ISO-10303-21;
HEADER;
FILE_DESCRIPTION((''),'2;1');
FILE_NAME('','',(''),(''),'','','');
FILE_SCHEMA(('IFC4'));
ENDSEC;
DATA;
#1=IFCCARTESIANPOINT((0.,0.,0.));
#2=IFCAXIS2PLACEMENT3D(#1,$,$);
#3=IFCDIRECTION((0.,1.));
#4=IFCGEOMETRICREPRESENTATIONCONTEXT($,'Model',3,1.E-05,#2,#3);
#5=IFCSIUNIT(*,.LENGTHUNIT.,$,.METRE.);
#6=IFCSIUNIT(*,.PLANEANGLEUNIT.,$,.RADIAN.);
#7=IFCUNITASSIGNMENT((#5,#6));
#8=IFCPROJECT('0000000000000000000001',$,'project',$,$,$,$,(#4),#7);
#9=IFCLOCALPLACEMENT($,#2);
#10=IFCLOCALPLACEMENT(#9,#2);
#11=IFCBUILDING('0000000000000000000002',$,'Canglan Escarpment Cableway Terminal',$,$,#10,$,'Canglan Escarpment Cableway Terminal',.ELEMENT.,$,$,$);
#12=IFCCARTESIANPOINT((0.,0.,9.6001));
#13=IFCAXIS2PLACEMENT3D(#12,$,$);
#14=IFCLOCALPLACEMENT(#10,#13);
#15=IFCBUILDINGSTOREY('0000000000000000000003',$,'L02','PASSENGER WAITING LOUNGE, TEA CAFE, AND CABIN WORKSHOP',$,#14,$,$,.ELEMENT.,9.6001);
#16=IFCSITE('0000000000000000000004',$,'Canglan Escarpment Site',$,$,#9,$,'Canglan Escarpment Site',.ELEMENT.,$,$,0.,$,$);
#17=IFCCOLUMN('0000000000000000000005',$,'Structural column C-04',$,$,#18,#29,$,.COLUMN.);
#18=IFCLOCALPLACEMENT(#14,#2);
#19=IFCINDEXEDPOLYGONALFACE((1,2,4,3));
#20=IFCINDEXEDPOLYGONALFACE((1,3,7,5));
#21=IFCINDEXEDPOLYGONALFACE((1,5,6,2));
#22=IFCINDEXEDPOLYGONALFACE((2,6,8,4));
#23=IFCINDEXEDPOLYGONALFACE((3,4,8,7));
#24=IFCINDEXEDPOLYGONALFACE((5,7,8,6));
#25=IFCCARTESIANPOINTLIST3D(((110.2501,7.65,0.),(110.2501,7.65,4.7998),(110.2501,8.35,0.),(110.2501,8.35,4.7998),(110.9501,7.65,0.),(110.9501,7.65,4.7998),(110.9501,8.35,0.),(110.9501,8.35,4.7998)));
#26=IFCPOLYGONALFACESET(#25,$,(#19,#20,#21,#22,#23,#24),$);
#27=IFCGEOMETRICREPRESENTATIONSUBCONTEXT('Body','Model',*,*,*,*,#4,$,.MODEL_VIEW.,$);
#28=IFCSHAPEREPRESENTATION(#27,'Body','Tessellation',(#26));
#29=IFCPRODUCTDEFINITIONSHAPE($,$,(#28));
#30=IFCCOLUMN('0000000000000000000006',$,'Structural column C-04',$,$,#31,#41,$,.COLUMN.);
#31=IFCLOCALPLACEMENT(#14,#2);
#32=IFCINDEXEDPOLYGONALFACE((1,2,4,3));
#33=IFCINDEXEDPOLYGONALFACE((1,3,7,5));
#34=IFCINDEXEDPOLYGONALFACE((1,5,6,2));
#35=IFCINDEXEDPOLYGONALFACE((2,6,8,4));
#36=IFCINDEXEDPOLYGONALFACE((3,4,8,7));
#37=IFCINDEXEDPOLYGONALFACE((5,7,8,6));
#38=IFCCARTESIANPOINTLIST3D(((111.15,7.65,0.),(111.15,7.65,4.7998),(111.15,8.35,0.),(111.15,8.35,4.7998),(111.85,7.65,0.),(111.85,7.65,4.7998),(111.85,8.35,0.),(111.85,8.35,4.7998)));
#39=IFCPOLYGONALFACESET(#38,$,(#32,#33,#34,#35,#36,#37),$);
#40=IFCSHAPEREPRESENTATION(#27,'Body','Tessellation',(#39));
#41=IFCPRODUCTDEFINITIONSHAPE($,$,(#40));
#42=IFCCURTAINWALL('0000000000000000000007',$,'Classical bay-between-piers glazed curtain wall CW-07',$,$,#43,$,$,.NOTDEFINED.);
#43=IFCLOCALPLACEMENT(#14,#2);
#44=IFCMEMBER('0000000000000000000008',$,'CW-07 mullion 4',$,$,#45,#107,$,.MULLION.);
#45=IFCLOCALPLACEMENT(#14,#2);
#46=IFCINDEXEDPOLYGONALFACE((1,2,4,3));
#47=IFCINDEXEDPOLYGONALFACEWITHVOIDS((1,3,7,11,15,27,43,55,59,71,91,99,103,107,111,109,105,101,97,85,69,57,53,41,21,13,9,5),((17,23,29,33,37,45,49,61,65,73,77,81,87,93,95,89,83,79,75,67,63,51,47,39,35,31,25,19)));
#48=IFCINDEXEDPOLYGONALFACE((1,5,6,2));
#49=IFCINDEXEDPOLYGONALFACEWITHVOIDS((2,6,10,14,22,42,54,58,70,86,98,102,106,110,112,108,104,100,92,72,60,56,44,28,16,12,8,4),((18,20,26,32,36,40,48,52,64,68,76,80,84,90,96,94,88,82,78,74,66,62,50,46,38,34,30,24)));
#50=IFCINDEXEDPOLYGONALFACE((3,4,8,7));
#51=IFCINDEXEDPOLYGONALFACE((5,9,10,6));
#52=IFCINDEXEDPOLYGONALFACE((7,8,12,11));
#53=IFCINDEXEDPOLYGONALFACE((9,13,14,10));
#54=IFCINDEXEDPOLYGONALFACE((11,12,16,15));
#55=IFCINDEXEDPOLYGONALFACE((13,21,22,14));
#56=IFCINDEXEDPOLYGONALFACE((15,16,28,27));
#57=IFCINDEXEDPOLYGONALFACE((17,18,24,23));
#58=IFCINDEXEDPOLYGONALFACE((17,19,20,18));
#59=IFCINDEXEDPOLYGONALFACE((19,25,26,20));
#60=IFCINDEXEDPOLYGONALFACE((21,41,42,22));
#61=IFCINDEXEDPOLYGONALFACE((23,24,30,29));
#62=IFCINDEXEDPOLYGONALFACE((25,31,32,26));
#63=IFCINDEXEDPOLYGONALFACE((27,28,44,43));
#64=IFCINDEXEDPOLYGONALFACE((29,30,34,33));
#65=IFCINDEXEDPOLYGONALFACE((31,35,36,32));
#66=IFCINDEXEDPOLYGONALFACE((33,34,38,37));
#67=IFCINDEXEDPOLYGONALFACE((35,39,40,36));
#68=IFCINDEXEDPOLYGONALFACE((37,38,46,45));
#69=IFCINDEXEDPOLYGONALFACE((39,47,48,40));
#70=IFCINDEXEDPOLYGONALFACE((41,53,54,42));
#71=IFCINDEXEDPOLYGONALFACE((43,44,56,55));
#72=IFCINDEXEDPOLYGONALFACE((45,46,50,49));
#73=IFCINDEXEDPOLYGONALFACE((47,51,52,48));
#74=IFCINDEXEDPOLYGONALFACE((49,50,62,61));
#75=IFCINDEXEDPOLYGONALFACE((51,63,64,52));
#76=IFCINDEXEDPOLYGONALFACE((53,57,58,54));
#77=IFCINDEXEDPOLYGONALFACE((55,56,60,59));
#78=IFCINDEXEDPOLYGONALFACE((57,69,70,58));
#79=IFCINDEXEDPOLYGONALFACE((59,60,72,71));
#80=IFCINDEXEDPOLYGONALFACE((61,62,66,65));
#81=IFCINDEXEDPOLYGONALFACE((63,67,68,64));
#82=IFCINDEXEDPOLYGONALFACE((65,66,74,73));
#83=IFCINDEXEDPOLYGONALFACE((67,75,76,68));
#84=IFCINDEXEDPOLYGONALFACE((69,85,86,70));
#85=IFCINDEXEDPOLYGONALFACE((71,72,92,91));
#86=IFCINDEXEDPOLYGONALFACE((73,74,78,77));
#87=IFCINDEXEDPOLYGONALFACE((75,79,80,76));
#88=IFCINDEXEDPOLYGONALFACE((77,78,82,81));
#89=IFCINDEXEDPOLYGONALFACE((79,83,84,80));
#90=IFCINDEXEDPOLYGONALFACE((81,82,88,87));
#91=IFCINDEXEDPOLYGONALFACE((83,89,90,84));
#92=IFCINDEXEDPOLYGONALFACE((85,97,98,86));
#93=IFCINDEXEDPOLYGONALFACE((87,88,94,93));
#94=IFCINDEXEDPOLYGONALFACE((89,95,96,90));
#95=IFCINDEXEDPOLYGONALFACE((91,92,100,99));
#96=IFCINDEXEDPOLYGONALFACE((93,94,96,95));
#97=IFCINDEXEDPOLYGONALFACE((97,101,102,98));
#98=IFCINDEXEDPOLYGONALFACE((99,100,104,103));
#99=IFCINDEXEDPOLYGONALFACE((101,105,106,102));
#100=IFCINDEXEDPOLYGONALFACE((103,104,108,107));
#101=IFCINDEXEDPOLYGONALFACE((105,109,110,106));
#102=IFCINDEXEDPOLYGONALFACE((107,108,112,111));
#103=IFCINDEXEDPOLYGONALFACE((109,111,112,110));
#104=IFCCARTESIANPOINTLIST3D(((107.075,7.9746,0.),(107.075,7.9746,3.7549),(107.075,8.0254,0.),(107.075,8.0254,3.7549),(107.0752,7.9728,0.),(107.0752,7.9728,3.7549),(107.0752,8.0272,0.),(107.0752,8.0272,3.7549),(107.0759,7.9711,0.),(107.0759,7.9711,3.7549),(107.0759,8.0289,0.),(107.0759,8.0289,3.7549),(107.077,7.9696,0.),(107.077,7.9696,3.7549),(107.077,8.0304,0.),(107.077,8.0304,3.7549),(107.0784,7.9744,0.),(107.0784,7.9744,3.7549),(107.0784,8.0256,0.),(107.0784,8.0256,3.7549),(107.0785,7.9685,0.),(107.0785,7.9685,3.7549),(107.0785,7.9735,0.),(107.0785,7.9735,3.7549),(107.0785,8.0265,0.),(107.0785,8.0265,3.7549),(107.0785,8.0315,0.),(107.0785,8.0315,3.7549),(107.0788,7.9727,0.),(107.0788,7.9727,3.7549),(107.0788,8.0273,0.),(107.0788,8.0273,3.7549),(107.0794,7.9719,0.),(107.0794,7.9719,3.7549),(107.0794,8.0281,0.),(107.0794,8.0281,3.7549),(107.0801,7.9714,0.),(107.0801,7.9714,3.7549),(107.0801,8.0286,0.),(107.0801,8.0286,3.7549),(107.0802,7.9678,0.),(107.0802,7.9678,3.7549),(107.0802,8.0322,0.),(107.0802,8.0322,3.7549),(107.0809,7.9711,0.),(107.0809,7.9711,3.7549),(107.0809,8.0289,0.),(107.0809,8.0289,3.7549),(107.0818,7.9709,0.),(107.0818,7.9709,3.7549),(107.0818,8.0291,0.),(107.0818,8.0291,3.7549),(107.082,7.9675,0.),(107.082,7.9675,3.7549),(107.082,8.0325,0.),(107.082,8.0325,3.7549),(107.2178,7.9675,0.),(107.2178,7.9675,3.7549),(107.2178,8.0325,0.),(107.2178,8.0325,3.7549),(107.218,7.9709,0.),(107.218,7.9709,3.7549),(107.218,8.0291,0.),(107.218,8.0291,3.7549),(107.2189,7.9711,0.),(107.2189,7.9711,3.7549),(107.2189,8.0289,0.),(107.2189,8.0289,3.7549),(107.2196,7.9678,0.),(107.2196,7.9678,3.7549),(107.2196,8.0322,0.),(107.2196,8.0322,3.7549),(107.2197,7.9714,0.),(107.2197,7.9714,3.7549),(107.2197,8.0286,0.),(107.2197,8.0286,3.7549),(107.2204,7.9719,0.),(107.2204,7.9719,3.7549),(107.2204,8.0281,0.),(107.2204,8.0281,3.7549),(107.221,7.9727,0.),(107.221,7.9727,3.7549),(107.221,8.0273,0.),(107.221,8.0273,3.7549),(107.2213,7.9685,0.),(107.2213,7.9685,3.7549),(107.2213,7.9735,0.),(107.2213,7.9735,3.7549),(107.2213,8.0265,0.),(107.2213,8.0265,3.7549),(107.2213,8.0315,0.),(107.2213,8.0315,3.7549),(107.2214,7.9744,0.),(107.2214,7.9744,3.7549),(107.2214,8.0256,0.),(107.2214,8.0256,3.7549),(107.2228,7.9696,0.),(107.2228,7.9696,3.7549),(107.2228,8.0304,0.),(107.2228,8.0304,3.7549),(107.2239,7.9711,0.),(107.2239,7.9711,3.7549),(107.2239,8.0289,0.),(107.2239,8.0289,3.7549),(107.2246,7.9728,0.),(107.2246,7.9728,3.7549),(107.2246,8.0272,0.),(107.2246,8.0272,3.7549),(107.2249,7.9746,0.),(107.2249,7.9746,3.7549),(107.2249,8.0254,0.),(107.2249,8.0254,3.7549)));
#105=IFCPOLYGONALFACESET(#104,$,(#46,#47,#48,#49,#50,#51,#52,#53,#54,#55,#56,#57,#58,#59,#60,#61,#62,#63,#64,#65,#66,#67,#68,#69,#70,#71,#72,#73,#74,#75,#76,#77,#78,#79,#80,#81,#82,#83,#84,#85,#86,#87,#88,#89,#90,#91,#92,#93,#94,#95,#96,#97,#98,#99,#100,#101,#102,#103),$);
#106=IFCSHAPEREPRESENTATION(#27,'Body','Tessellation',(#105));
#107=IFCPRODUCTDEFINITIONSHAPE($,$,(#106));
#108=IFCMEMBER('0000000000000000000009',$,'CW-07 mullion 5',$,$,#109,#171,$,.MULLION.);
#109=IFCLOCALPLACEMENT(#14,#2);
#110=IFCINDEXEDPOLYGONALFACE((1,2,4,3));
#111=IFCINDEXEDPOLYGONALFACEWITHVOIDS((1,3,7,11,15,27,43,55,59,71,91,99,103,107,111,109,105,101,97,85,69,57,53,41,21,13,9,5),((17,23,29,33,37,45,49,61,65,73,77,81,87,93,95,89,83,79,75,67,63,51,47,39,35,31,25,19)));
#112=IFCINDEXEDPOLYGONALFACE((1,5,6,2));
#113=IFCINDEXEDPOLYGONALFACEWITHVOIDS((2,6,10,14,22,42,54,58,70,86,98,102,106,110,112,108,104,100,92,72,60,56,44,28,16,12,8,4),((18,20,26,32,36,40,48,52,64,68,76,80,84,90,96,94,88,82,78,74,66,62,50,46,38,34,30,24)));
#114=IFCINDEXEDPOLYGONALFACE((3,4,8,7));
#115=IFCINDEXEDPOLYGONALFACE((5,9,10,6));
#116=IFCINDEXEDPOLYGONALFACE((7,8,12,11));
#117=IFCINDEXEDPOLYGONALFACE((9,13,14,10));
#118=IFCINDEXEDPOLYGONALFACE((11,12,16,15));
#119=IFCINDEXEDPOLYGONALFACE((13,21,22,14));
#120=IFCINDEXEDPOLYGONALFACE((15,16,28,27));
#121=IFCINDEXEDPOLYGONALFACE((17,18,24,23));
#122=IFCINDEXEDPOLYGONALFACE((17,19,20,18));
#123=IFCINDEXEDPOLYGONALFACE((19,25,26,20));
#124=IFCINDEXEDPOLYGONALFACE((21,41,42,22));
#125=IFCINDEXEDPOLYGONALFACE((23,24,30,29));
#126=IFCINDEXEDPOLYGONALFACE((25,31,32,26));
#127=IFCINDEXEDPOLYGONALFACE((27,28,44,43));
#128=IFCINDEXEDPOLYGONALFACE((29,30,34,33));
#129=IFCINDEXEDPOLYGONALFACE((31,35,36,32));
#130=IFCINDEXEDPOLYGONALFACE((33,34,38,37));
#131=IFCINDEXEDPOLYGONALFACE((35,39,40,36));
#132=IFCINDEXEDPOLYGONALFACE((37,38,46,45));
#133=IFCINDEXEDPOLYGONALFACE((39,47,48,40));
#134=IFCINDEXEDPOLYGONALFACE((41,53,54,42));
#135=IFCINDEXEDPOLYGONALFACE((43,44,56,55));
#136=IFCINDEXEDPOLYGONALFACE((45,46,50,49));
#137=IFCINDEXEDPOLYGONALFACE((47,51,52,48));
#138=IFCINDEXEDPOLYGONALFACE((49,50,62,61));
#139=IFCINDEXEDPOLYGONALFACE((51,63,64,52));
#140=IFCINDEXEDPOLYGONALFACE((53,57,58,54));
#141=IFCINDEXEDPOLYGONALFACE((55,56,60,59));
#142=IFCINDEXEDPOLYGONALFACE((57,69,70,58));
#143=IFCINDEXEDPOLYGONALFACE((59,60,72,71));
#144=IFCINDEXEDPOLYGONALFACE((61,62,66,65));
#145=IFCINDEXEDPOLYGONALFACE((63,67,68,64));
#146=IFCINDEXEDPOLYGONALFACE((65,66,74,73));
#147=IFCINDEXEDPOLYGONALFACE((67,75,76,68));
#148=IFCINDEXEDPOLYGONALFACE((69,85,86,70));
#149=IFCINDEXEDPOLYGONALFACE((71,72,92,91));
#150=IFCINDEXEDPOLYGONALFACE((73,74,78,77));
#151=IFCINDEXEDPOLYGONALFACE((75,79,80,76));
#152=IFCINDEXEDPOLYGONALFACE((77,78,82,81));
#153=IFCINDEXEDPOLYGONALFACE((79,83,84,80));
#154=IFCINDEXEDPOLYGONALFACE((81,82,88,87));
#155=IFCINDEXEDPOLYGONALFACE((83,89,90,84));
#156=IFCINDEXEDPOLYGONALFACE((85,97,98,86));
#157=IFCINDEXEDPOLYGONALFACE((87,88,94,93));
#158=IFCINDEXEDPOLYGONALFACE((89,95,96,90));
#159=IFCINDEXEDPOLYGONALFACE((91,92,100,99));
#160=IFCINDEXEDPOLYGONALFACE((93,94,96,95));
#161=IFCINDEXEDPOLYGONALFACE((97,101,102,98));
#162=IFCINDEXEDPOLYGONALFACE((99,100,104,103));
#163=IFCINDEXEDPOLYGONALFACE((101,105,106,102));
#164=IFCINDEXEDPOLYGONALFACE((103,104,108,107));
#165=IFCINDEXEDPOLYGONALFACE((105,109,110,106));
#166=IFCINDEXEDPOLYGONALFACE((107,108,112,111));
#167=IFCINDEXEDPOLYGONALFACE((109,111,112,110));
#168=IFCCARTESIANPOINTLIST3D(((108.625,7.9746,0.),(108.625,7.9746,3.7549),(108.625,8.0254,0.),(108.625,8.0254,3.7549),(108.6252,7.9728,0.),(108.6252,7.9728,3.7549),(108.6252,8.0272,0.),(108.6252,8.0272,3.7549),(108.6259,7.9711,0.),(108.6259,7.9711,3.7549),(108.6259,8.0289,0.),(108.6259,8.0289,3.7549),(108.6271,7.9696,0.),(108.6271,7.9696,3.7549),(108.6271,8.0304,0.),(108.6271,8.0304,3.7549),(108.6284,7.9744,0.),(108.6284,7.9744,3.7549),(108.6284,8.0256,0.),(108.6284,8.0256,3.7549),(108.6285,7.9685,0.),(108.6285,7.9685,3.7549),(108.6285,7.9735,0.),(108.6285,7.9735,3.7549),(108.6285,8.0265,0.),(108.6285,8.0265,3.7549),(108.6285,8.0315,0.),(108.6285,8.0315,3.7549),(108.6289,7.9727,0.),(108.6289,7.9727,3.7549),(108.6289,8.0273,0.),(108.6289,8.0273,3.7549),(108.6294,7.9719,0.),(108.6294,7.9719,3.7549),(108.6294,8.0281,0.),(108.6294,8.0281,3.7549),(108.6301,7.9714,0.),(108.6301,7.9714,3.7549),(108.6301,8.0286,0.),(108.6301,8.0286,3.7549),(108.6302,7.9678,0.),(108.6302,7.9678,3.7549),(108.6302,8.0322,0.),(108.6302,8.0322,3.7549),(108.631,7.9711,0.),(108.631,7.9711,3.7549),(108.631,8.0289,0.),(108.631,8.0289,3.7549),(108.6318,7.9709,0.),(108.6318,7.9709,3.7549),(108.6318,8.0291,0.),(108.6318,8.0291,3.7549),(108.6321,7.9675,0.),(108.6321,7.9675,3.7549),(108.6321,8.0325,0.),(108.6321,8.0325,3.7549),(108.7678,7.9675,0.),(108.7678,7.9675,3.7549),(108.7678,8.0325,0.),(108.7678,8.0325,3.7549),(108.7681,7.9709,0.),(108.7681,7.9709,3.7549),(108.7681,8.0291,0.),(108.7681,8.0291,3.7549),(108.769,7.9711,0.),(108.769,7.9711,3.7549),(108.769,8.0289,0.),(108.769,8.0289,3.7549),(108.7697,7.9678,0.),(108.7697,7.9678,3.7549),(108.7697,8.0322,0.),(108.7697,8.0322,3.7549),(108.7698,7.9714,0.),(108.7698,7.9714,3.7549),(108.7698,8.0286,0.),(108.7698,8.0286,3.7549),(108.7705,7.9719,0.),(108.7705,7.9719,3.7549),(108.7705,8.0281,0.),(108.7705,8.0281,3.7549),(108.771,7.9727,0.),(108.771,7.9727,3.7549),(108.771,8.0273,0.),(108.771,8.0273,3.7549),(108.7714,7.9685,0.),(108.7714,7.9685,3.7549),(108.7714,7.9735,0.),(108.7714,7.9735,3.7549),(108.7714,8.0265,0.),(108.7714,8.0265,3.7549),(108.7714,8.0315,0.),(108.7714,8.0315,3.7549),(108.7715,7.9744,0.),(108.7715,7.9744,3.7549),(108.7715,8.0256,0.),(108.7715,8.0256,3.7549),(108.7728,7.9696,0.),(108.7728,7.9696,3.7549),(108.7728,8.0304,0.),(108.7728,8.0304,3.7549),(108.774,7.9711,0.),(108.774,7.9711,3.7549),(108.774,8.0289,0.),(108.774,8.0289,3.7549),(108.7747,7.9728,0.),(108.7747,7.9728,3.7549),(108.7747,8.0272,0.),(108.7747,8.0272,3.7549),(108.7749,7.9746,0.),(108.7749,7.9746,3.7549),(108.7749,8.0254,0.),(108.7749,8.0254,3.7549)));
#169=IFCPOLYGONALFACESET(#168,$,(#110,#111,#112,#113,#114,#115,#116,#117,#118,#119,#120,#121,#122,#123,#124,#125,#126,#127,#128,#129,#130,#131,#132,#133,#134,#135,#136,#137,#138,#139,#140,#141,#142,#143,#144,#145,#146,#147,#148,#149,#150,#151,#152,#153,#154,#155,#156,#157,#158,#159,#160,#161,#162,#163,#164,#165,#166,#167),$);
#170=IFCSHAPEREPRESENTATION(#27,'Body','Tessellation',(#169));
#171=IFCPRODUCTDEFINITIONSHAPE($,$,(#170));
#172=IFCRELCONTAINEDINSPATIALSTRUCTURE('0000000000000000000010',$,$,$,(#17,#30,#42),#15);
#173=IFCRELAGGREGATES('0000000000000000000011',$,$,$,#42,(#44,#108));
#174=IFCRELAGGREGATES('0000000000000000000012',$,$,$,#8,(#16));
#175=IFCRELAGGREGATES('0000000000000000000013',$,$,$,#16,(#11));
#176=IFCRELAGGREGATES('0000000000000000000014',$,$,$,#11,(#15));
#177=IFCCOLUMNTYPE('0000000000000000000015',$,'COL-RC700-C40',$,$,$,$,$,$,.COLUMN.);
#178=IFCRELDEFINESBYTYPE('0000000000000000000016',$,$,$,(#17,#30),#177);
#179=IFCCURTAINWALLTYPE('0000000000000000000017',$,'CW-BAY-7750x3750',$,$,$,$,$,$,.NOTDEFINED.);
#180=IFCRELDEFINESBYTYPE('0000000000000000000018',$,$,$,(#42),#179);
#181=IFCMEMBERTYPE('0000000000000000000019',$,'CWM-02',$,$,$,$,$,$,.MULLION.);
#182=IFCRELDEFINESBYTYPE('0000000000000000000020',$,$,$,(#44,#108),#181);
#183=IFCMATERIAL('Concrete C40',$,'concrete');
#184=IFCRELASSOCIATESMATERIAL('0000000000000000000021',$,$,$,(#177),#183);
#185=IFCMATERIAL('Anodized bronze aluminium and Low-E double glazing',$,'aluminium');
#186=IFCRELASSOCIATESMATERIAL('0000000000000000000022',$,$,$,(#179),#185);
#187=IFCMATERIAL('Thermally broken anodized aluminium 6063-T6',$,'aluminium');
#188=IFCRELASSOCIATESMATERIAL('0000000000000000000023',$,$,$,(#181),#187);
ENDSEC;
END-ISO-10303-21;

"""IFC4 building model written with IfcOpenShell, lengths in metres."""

from ifc_helpers import new_model, si_unit, direction, frame, origin, origin_2d, place, context, subcontext, project, spatial, rectangle, hollow_rectangle, extrude, material, material_profile, profile_set, type_object, element, aggregate, save


model = new_model("IFC4")

# Units and contexts
model_context = context("Model", 3, precision=1e-05, world=origin(), true_north=direction((0.0, 1.0)))
body_context = subcontext(model_context, "Body", "Model", "MODEL_VIEW")
ifc_project = project(units=[si_unit("LENGTHUNIT", "METRE"), si_unit("PLANEANGLEUNIT", "RADIAN")], contexts=[model_context])

# Site, building, storey
site_placement = place(None, origin())
site = spatial("IfcSite", under=ifc_project, at=site_placement, Name="Canglan Escarpment Site", LongName="Canglan Escarpment Site", CompositionType="ELEMENT", RefElevation=0.0)
building_placement = place(site_placement, origin())
building = spatial("IfcBuilding", under=site, at=building_placement, Name="Canglan Escarpment Cableway Terminal", LongName="Canglan Escarpment Cableway Terminal", CompositionType="ELEMENT")
storey_placement = place(building_placement, frame((0.0, 0.0, 9.6001)))
storey = spatial("IfcBuildingStorey", under=building, at=storey_placement, Name="L02", Description="PASSENGER WAITING LOUNGE, TEA CAFE, AND CABIN WORKSHOP", CompositionType="ELEMENT", Elevation=9.6001)

# Columns
ifc_material_1 = material(Name="Concrete C40", Category="concrete")
ifc_material_profile_1 = material_profile(ifc_material_1, rectangle(XDim=0.7, YDim=0.7, at=origin_2d()), Name="RC 700x700")
ifc_profile_set_1 = profile_set([ifc_material_profile_1], Name="Concrete C40")
column_type = type_object("IfcColumnType", Name="COL-RC700-C40", PredefinedType="COLUMN", material=ifc_profile_set_1)
for number, where, z_axis, x_axis, name in (
    (1, (110.6001, 8.0, 0.0), (0.0, 0.0, 1.0), (1.0, 0.0, 0.0), "Structural column C-04"),
    (2, (111.5, 8.0, 0.0), (0.0, 0.0, 1.0), (1.0, 0.0, 0.0), "Structural column C-04"),
):
    element("IfcColumn", number, at=place(storey_placement, frame(where, z_axis=z_axis, x_axis=x_axis)), inside=storey, type_object=column_type, Name=name, PredefinedType="COLUMN", context=body_context, shape_type="SweptSolid", body=[
        extrude(rectangle(XDim=0.7, YDim=0.7, at=origin_2d()), origin(), (0.0, 0.0, 1.0), 4.7998),
    ])

# Curtain wall, members
ifc_material_2 = material(Name="Anodized bronze aluminium and Low-E double glazing", Category="aluminium")
curtain_wall_type = type_object("IfcCurtainWallType", Name="CW-BAY-7750x3750", PredefinedType="NOTDEFINED", material=ifc_material_2)
curtain_wall_placement = place(storey_placement, origin())
curtain_wall = element("IfcCurtainWall", 3, at=curtain_wall_placement, inside=storey, type_object=curtain_wall_type, Name="Classical bay-between-piers glazed curtain wall CW-07", PredefinedType="NOTDEFINED")
ifc_material_3 = material(Name="Thermally broken anodized aluminium 6063-T6", Category="aluminium")
ifc_material_profile_2 = material_profile(ifc_material_3, hollow_rectangle(XDim=0.0649, YDim=0.1499, WallThickness=0.0034, InnerFilletRadius=0.0034, OuterFilletRadius=0.0071, at=origin_2d()), Name="ALU-MULL 65x150x3.5")
ifc_profile_set_2 = profile_set([ifc_material_profile_2], Name="Thermally broken anodized aluminium 6063-T6")
member_type_1 = type_object("IfcMemberType", Name="CWM-02", PredefinedType="MULLION", material=ifc_profile_set_2)
member_1_placement = place(storey_placement, frame((107.1499, 8.0, 0.0), z_axis=(0.0, 0.0, 1.0), x_axis=(0.0, 1.0, 0.0)))
member_1 = element("IfcMember", 4, at=member_1_placement, type_object=member_type_1, Name="CW-07 mullion 4", PredefinedType="MULLION", context=body_context, shape_type="SweptSolid", body=[
    extrude(hollow_rectangle(XDim=0.0649, YDim=0.1499, WallThickness=0.0034, InnerFilletRadius=0.0034, OuterFilletRadius=0.0071, at=origin_2d()), origin(), (0.0, 0.0, 1.0), 3.7549),
])
member_2_placement = place(storey_placement, frame((108.7, 8.0, 0.0), z_axis=(0.0, 0.0, 1.0), x_axis=(0.0, 1.0, 0.0)))
member_2 = element("IfcMember", 5, at=member_2_placement, type_object=member_type_1, Name="CW-07 mullion 5", PredefinedType="MULLION", context=body_context, shape_type="SweptSolid", body=[
    extrude(hollow_rectangle(XDim=0.0649, YDim=0.1499, WallThickness=0.0034, InnerFilletRadius=0.0034, OuterFilletRadius=0.0071, at=origin_2d()), origin(), (0.0, 0.0, 1.0), 3.7549),
])
aggregate(curtain_wall, [member_1, member_2])

save(model, "model.ifc")
